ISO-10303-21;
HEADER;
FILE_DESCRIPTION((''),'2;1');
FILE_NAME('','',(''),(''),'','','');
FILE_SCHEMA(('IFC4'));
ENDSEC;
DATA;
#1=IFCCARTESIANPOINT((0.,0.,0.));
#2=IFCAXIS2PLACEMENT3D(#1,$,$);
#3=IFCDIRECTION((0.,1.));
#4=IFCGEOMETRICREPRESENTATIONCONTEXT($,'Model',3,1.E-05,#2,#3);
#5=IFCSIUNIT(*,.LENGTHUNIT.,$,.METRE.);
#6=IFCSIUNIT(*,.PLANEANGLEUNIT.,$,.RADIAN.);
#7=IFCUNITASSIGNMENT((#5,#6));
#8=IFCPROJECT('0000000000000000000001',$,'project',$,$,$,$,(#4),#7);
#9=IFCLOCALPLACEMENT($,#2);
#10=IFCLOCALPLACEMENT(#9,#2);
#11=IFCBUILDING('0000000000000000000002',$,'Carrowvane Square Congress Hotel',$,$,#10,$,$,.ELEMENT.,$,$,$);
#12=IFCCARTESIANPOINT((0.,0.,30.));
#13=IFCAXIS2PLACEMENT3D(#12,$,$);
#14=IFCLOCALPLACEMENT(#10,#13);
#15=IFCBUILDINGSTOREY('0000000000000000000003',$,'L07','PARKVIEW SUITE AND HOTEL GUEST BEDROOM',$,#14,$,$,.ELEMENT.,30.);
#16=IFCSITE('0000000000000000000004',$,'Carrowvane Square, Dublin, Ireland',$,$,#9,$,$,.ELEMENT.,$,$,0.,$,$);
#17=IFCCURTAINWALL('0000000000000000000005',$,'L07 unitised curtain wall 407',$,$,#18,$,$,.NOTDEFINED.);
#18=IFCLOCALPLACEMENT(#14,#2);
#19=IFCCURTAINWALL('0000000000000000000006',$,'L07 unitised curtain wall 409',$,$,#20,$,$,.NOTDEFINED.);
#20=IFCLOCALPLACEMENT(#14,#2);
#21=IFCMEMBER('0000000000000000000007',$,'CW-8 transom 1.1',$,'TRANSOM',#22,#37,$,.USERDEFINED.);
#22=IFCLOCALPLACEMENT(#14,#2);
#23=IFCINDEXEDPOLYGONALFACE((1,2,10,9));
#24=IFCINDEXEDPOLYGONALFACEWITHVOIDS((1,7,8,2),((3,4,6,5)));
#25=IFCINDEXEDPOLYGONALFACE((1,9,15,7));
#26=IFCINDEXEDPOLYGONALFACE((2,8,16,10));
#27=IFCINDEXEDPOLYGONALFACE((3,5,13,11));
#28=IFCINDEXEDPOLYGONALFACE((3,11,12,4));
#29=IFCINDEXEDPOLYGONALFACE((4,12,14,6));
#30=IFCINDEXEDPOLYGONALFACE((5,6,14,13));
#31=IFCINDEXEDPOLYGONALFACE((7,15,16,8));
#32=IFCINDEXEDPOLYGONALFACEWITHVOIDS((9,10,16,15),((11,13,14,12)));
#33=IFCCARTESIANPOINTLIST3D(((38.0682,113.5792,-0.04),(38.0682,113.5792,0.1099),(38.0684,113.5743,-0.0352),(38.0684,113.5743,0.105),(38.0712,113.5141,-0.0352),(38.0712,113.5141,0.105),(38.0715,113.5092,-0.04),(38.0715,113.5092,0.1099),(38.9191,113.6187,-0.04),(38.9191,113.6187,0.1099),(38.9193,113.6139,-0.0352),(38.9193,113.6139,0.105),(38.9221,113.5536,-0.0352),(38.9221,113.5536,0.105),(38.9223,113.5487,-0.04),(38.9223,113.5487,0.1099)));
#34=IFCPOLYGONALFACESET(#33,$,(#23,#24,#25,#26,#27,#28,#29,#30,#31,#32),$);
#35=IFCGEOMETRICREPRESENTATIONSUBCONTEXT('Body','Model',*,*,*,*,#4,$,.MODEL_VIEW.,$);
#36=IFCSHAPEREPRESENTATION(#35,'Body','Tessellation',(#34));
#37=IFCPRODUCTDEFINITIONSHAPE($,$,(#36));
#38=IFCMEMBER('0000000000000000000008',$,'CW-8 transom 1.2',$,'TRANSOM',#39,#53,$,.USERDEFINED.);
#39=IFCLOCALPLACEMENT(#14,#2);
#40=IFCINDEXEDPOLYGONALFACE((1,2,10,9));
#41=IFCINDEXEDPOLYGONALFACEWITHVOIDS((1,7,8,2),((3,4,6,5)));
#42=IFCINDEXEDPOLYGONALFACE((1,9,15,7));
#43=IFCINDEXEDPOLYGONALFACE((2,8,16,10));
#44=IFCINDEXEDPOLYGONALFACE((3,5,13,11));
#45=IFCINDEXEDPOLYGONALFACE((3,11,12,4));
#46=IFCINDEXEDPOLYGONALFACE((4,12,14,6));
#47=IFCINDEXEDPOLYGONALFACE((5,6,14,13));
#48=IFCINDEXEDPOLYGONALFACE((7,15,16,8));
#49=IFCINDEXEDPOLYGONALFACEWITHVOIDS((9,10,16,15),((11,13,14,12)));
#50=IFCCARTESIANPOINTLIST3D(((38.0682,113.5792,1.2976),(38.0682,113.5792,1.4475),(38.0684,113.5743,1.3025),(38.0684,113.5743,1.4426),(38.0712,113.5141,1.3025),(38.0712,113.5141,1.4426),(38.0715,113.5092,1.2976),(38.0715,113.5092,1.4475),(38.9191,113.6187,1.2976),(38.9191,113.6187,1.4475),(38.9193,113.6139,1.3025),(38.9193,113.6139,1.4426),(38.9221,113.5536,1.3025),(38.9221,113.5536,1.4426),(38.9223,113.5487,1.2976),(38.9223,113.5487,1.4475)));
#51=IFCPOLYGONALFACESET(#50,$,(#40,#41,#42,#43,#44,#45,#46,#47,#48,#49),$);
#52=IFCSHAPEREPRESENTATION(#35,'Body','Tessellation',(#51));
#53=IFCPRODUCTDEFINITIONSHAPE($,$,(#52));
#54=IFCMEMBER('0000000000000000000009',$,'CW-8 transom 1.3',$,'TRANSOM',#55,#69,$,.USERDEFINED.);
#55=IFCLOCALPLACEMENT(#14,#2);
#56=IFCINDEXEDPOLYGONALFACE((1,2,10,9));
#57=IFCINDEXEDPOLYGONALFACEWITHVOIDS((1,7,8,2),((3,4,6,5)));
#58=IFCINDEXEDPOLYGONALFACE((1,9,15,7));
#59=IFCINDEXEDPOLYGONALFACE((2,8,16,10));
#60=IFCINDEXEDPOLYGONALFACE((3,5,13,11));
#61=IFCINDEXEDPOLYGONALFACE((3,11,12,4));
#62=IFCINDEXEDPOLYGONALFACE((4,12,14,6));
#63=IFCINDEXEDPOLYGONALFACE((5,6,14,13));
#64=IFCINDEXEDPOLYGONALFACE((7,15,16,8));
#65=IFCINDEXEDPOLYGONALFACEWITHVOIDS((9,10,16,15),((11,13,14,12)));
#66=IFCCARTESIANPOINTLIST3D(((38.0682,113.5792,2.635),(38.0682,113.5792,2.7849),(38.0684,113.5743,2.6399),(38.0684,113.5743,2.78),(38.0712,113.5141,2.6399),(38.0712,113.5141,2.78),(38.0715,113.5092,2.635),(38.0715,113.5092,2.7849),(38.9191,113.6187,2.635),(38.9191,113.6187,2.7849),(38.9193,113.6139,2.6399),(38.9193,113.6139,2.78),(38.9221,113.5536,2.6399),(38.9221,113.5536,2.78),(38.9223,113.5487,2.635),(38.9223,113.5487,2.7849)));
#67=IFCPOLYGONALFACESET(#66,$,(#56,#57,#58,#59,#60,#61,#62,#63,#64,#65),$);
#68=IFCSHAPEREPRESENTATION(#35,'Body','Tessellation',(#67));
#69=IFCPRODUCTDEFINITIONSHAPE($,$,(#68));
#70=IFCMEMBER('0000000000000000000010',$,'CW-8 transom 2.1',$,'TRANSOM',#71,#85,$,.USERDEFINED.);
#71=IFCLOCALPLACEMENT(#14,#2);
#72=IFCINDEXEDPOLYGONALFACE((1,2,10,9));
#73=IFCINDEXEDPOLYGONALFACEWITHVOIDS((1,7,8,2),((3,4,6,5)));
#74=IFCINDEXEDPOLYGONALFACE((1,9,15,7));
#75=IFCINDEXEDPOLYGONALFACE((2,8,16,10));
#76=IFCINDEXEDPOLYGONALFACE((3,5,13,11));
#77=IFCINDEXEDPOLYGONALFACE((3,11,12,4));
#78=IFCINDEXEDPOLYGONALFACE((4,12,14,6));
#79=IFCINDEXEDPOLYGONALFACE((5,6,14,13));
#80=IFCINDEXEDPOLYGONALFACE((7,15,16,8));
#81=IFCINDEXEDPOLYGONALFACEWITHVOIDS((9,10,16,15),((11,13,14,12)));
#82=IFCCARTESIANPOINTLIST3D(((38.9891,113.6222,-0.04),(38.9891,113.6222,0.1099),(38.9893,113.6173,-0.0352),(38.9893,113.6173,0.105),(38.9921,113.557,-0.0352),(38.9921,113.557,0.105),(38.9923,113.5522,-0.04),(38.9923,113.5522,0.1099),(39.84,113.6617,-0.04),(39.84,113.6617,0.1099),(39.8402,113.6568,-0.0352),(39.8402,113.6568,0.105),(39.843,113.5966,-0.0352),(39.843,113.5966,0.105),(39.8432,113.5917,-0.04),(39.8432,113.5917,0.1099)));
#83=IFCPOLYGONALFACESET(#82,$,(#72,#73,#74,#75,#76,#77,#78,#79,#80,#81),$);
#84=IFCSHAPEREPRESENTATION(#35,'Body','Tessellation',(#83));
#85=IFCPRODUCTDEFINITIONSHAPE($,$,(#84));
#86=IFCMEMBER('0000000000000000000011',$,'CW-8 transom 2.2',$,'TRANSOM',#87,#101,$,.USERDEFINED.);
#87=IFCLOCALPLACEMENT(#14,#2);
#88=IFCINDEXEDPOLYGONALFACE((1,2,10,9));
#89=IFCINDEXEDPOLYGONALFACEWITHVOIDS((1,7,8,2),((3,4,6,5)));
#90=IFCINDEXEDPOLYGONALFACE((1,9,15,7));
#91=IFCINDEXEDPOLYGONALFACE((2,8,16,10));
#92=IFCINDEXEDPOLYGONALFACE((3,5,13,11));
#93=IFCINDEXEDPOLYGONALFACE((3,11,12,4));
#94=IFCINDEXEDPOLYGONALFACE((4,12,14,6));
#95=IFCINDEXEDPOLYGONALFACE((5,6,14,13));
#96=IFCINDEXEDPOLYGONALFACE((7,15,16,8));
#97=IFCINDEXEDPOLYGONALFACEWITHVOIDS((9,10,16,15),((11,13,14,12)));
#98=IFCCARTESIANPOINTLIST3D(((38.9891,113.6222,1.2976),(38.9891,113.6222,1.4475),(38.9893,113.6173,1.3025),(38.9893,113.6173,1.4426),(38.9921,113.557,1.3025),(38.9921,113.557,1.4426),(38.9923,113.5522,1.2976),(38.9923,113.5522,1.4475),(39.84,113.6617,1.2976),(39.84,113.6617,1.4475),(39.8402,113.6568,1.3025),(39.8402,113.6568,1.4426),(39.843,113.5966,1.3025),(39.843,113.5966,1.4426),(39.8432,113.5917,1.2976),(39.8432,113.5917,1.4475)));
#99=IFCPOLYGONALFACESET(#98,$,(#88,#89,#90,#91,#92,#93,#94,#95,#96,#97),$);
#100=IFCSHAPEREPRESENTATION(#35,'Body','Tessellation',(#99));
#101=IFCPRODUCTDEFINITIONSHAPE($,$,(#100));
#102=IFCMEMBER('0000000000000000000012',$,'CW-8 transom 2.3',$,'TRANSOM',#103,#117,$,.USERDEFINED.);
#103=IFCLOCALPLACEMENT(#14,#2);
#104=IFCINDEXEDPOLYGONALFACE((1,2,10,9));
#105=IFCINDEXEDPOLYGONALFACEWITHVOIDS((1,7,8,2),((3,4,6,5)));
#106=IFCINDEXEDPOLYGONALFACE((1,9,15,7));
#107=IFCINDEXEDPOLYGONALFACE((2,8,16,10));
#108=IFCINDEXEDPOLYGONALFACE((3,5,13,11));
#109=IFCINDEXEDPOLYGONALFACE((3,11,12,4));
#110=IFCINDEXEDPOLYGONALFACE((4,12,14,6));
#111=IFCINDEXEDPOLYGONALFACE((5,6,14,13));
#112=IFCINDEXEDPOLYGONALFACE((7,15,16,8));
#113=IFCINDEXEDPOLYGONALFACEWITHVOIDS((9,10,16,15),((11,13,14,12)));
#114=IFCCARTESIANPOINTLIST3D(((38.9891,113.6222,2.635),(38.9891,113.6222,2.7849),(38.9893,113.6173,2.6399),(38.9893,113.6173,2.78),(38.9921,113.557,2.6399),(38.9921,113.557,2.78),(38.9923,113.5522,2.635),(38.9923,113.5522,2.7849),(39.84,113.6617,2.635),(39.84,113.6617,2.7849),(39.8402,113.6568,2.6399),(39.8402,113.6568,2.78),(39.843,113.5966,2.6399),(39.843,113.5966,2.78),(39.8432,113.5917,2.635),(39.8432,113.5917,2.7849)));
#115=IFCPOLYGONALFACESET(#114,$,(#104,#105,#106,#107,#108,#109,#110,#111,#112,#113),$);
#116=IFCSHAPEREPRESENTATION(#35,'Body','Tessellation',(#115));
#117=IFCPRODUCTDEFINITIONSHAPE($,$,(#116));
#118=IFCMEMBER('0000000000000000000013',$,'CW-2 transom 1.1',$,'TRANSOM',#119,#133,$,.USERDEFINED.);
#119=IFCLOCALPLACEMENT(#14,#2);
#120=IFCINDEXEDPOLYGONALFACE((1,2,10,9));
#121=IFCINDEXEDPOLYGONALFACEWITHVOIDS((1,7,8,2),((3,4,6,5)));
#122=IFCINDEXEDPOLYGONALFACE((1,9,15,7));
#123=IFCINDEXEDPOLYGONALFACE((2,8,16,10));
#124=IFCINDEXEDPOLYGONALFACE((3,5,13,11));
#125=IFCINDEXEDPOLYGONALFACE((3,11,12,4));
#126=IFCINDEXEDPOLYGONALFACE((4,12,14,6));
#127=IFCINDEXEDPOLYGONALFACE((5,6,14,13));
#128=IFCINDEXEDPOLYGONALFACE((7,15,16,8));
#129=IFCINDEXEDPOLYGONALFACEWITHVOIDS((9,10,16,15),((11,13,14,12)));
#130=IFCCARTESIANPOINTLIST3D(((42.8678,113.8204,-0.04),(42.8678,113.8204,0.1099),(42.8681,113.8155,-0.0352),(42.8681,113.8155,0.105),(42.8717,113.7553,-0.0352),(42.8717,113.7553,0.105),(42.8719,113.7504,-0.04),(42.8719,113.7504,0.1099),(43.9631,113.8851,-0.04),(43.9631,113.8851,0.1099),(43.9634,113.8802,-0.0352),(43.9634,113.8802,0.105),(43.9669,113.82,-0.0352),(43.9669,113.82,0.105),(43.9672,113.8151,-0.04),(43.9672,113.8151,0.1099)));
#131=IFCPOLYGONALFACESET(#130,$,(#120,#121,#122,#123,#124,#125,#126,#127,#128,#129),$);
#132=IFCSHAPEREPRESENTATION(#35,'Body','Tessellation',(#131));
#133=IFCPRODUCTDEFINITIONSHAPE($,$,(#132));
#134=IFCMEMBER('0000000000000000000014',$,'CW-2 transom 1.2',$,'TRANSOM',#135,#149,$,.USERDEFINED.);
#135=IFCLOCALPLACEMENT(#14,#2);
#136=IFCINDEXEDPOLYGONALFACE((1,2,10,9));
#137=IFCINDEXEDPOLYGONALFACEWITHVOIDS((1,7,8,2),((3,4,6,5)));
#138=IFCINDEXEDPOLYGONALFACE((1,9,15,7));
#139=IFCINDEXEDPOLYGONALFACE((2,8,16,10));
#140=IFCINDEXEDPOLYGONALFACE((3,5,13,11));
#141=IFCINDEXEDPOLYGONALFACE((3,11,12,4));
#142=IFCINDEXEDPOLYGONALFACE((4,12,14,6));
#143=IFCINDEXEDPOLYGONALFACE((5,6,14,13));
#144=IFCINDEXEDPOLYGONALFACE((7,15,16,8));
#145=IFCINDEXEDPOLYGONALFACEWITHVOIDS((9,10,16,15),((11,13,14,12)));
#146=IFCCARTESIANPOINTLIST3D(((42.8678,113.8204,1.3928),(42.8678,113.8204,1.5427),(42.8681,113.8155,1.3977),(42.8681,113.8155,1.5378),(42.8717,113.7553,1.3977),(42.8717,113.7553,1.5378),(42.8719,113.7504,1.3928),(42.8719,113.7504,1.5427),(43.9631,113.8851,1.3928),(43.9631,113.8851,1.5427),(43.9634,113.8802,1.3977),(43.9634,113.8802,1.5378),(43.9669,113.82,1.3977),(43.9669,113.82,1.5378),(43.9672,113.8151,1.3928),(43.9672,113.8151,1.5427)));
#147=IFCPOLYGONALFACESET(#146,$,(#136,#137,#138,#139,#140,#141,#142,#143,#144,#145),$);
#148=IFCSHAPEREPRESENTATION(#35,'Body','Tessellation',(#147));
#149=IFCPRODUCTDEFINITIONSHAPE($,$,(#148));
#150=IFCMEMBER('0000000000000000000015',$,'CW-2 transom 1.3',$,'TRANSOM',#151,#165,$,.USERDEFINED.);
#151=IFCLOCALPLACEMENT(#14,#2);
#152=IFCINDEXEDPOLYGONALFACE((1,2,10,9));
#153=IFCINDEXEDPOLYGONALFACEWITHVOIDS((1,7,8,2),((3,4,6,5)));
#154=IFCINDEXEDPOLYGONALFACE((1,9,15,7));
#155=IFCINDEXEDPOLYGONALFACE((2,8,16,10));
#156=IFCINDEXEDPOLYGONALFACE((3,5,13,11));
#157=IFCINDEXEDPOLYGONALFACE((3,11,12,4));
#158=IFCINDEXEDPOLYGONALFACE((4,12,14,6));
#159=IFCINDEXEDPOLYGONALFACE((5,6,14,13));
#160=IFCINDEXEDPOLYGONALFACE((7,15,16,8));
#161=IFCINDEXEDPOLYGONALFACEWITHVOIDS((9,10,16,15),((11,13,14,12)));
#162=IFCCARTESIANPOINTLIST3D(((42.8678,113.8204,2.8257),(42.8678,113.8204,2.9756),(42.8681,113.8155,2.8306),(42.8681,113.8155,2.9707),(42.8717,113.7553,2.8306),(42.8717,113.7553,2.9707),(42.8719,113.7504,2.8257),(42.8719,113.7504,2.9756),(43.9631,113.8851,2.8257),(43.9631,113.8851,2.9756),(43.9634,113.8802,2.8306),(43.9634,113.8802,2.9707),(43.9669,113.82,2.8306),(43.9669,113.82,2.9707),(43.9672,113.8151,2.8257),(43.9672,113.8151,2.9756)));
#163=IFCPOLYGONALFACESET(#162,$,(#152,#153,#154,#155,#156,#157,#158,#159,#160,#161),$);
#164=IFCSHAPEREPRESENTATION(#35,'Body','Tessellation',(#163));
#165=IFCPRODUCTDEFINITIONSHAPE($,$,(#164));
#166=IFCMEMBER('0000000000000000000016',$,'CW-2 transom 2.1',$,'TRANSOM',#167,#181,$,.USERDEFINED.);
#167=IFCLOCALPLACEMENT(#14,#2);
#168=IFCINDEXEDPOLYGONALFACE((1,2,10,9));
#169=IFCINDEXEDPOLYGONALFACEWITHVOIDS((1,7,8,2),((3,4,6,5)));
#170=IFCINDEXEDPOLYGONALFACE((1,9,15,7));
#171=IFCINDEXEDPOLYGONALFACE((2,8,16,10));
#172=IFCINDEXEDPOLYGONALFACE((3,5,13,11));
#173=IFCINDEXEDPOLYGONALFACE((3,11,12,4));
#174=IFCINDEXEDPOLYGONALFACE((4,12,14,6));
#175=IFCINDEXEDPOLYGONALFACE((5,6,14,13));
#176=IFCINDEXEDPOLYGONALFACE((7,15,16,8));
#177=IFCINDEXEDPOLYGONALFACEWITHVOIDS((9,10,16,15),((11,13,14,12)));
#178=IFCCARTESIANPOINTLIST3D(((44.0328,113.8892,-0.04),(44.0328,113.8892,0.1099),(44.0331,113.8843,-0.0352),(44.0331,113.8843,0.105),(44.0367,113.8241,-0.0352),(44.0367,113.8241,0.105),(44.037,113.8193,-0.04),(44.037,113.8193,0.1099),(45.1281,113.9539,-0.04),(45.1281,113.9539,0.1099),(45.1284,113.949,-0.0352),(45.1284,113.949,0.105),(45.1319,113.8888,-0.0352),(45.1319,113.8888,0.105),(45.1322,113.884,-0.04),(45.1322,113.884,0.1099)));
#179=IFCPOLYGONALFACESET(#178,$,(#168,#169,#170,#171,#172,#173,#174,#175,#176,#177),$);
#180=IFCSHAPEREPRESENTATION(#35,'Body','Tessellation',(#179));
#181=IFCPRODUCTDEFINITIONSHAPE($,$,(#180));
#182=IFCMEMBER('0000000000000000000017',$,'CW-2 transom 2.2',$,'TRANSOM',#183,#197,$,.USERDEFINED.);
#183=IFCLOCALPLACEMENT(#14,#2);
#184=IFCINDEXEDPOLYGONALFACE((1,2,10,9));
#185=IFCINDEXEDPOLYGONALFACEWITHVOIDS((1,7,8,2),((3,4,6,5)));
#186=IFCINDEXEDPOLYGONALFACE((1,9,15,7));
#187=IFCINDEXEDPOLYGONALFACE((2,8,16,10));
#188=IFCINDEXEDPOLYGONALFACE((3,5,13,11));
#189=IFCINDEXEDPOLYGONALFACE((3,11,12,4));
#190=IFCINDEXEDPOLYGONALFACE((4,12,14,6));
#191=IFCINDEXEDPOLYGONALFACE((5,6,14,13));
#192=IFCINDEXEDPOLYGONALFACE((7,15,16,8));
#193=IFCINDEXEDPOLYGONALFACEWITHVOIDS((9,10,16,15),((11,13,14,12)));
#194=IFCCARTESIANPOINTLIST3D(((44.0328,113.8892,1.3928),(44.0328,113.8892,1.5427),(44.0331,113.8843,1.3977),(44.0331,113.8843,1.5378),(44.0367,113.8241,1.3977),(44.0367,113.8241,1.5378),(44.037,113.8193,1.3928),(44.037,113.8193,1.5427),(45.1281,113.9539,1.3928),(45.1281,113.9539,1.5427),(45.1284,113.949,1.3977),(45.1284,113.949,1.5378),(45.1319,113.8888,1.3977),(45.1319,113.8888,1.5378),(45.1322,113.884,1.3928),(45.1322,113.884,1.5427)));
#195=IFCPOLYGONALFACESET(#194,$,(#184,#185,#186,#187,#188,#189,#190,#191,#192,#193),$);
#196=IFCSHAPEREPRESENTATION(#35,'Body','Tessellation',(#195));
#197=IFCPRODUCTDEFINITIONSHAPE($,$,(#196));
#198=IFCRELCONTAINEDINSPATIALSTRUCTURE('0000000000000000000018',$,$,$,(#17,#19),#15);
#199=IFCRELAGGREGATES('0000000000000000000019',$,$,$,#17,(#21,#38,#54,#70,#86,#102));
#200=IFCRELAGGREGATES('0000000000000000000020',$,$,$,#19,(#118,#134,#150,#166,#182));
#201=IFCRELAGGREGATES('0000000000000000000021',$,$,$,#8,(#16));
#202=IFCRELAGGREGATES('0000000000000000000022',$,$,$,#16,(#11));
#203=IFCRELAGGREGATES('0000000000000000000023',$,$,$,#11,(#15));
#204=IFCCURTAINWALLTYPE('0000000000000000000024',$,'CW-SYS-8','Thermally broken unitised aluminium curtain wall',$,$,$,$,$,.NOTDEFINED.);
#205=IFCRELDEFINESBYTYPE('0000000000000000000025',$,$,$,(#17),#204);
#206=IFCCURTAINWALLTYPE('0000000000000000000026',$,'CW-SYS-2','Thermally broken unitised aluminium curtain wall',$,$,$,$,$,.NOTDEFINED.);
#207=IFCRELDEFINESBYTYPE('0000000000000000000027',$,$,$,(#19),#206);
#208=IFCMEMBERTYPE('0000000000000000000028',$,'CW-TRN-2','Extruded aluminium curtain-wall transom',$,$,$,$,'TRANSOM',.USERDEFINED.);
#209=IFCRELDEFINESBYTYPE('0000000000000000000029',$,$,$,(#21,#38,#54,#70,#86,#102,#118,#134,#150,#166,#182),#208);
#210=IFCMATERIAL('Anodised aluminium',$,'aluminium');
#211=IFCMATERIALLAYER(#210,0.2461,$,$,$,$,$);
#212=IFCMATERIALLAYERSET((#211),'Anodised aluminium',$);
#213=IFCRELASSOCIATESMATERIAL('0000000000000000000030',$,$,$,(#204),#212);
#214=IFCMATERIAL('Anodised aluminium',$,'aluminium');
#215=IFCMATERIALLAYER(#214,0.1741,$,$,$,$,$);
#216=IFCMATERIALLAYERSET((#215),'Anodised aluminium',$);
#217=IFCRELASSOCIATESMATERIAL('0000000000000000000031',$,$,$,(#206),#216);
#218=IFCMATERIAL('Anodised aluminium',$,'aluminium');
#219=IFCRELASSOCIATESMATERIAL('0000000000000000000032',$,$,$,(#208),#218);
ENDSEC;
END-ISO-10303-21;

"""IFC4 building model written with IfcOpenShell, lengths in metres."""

from ifc_helpers import new_model, si_unit, direction, frame, origin, origin_2d, place, context, subcontext, project, spatial, hollow_rectangle, extrude, material, layer, layer_set, material_profile, profile_set, type_object, element, aggregate, save


model = new_model("IFC4")

# Units and contexts
model_context = context("Model", 3, precision=1e-05, world=origin(), true_north=direction((0.0, 1.0)))
body_context = subcontext(model_context, "Body", "Model", "MODEL_VIEW")
ifc_project = project(units=[si_unit("LENGTHUNIT", "METRE"), si_unit("PLANEANGLEUNIT", "RADIAN")], contexts=[model_context])

# Site, building, storey
site_placement = place(None, origin())
site = spatial("IfcSite", under=ifc_project, at=site_placement, Name="Carrowvane Square, Dublin, Ireland", CompositionType="ELEMENT", RefElevation=0.0)
building_placement = place(site_placement, origin())
building = spatial("IfcBuilding", under=site, at=building_placement, Name="Carrowvane Square Congress Hotel", CompositionType="ELEMENT")
storey_placement = place(building_placement, frame((0.0, 0.0, 30.0)))
storey = spatial("IfcBuildingStorey", under=building, at=storey_placement, Name="L07", Description="PARKVIEW SUITE AND HOTEL GUEST BEDROOM", CompositionType="ELEMENT", Elevation=30.0)

# Curtain walls
ifc_material_1 = material(Name="Anodised aluminium", Category="aluminium")
ifc_layer_1 = layer(ifc_material_1, 0.2461)
ifc_layer_set_1 = layer_set([ifc_layer_1], Name="Anodised aluminium")
curtain_wall_type_1 = type_object("IfcCurtainWallType", Name="CW-SYS-8", Description="Thermally broken unitised aluminium curtain wall", PredefinedType="NOTDEFINED", material=ifc_layer_set_1)
curtain_wall_1_placement = place(storey_placement, origin())
curtain_wall_1 = element("IfcCurtainWall", 1, at=curtain_wall_1_placement, inside=storey, type_object=curtain_wall_type_1, Name="L07 unitised curtain wall 407", PredefinedType="NOTDEFINED")
ifc_material_2 = material(Name="Anodised aluminium", Category="aluminium")
ifc_layer_2 = layer(ifc_material_2, 0.1741)
ifc_layer_set_2 = layer_set([ifc_layer_2], Name="Anodised aluminium")
curtain_wall_type_2 = type_object("IfcCurtainWallType", Name="CW-SYS-2", Description="Thermally broken unitised aluminium curtain wall", PredefinedType="NOTDEFINED", material=ifc_layer_set_2)
curtain_wall_2_placement = place(storey_placement, origin())
curtain_wall_2 = element("IfcCurtainWall", 2, at=curtain_wall_2_placement, inside=storey, type_object=curtain_wall_type_2, Name="L07 unitised curtain wall 409", PredefinedType="NOTDEFINED")

# Members
ifc_material_3 = material(Name="Anodised aluminium", Category="aluminium")
ifc_material_profile_1 = material_profile(ifc_material_3, hollow_rectangle(XDim=0.0701, YDim=0.1499, WallThickness=0.0049, at=origin_2d()), Name="CW-TR 70x150x5")
ifc_profile_set_1 = profile_set([ifc_material_profile_1], Name="Anodised aluminium")
member_type_1 = type_object("IfcMemberType", Name="CW-TRN-2", Description="Extruded aluminium curtain-wall transom", ElementType="TRANSOM", PredefinedType="USERDEFINED", material=ifc_profile_set_1)
member_1_placement = place(storey_placement, frame((38.0698, 113.5442, 0.0349), z_axis=(0.998921, 0.046435, 0.0), x_axis=(-0.046435, 0.998921, 0.0)))
member_1 = element("IfcMember", 3, at=member_1_placement, type_object=member_type_1, Name="CW-8 transom 1.1", ObjectType="TRANSOM", PredefinedType="USERDEFINED", context=body_context, shape_type="SweptSolid", body=[
    extrude(hollow_rectangle(XDim=0.0701, YDim=0.1499, WallThickness=0.0049, at=origin_2d()), origin(), (0.0, 0.0, 1.0), 0.8518),
])
member_2_placement = place(storey_placement, frame((38.0698, 113.5442, 1.3726), z_axis=(0.998921, 0.046435, 0.0), x_axis=(-0.046435, 0.998921, 0.0)))
member_2 = element("IfcMember", 4, at=member_2_placement, type_object=member_type_1, Name="CW-8 transom 1.2", ObjectType="TRANSOM", PredefinedType="USERDEFINED", context=body_context, shape_type="SweptSolid", body=[
    extrude(hollow_rectangle(XDim=0.0701, YDim=0.1499, WallThickness=0.0049, at=origin_2d()), origin(), (0.0, 0.0, 1.0), 0.8518),
])
member_3_placement = place(storey_placement, frame((38.0698, 113.5442, 2.71), z_axis=(0.998921, 0.046435, 0.0), x_axis=(-0.046435, 0.998921, 0.0)))
member_3 = element("IfcMember", 5, at=member_3_placement, type_object=member_type_1, Name="CW-8 transom 1.3", ObjectType="TRANSOM", PredefinedType="USERDEFINED", context=body_context, shape_type="SweptSolid", body=[
    extrude(hollow_rectangle(XDim=0.0701, YDim=0.1499, WallThickness=0.0049, at=origin_2d()), origin(), (0.0, 0.0, 1.0), 0.8518),
])
member_4_placement = place(storey_placement, frame((38.9907, 113.5872, 0.0349), z_axis=(0.998921, 0.046435, 0.0), x_axis=(-0.046435, 0.998921, 0.0)))
member_4 = element("IfcMember", 6, at=member_4_placement, type_object=member_type_1, Name="CW-8 transom 2.1", ObjectType="TRANSOM", PredefinedType="USERDEFINED", context=body_context, shape_type="SweptSolid", body=[
    extrude(hollow_rectangle(XDim=0.0701, YDim=0.1499, WallThickness=0.0049, at=origin_2d()), origin(), (0.0, 0.0, 1.0), 0.8518),
])
member_5_placement = place(storey_placement, frame((38.9907, 113.5872, 1.3726), z_axis=(0.998921, 0.046435, 0.0), x_axis=(-0.046435, 0.998921, 0.0)))
member_5 = element("IfcMember", 7, at=member_5_placement, type_object=member_type_1, Name="CW-8 transom 2.2", ObjectType="TRANSOM", PredefinedType="USERDEFINED", context=body_context, shape_type="SweptSolid", body=[
    extrude(hollow_rectangle(XDim=0.0701, YDim=0.1499, WallThickness=0.0049, at=origin_2d()), origin(), (0.0, 0.0, 1.0), 0.8518),
])
member_6_placement = place(storey_placement, frame((38.9907, 113.5872, 2.71), z_axis=(0.998921, 0.046435, 0.0), x_axis=(-0.046435, 0.998921, 0.0)))
member_6 = element("IfcMember", 8, at=member_6_placement, type_object=member_type_1, Name="CW-8 transom 2.3", ObjectType="TRANSOM", PredefinedType="USERDEFINED", context=body_context, shape_type="SweptSolid", body=[
    extrude(hollow_rectangle(XDim=0.0701, YDim=0.1499, WallThickness=0.0049, at=origin_2d()), origin(), (0.0, 0.0, 1.0), 0.8518),
])
member_7_placement = place(storey_placement, frame((42.8699, 113.7854, 0.0349), z_axis=(0.99826, 0.05897, 0.0), x_axis=(-0.05897, 0.99826, 0.0)))
member_7 = element("IfcMember", 9, at=member_7_placement, type_object=member_type_1, Name="CW-2 transom 1.1", ObjectType="TRANSOM", PredefinedType="USERDEFINED", context=body_context, shape_type="SweptSolid", body=[
    extrude(hollow_rectangle(XDim=0.0701, YDim=0.1499, WallThickness=0.0049, at=origin_2d()), origin(), (0.0, 0.0, 1.0), 1.0972),
])
member_8_placement = place(storey_placement, frame((42.8699, 113.7854, 1.4678), z_axis=(0.99826, 0.05897, 0.0), x_axis=(-0.05897, 0.99826, 0.0)))
member_8 = element("IfcMember", 10, at=member_8_placement, type_object=member_type_1, Name="CW-2 transom 1.2", ObjectType="TRANSOM", PredefinedType="USERDEFINED", context=body_context, shape_type="SweptSolid", body=[
    extrude(hollow_rectangle(XDim=0.0701, YDim=0.1499, WallThickness=0.0049, at=origin_2d()), origin(), (0.0, 0.0, 1.0), 1.0972),
])
member_9_placement = place(storey_placement, frame((42.8699, 113.7854, 2.9006), z_axis=(0.99826, 0.05897, 0.0), x_axis=(-0.05897, 0.99826, 0.0)))
member_9 = element("IfcMember", 11, at=member_9_placement, type_object=member_type_1, Name="CW-2 transom 1.3", ObjectType="TRANSOM", PredefinedType="USERDEFINED", context=body_context, shape_type="SweptSolid", body=[
    extrude(hollow_rectangle(XDim=0.0701, YDim=0.1499, WallThickness=0.0049, at=origin_2d()), origin(), (0.0, 0.0, 1.0), 1.0972),
])
member_10_placement = place(storey_placement, frame((44.0349, 113.8542, 0.0349), z_axis=(0.99826, 0.05897, 0.0), x_axis=(-0.05897, 0.99826, 0.0)))
member_10 = element("IfcMember", 12, at=member_10_placement, type_object=member_type_1, Name="CW-2 transom 2.1", ObjectType="TRANSOM", PredefinedType="USERDEFINED", context=body_context, shape_type="SweptSolid", body=[
    extrude(hollow_rectangle(XDim=0.0701, YDim=0.1499, WallThickness=0.0049, at=origin_2d()), origin(), (0.0, 0.0, 1.0), 1.0972),
])
member_11_placement = place(storey_placement, frame((44.0349, 113.8542, 1.4678), z_axis=(0.99826, 0.05897, 0.0), x_axis=(-0.05897, 0.99826, 0.0)))
member_11 = element("IfcMember", 13, at=member_11_placement, type_object=member_type_1, Name="CW-2 transom 2.2", ObjectType="TRANSOM", PredefinedType="USERDEFINED", context=body_context, shape_type="SweptSolid", body=[
    extrude(hollow_rectangle(XDim=0.0701, YDim=0.1499, WallThickness=0.0049, at=origin_2d()), origin(), (0.0, 0.0, 1.0), 1.0972),
])

aggregate(curtain_wall_1, [member_1, member_2, member_3, member_4, member_5, member_6])
aggregate(curtain_wall_2, [member_7, member_8, member_9, member_10, member_11])

save(model, "model.ifc")
